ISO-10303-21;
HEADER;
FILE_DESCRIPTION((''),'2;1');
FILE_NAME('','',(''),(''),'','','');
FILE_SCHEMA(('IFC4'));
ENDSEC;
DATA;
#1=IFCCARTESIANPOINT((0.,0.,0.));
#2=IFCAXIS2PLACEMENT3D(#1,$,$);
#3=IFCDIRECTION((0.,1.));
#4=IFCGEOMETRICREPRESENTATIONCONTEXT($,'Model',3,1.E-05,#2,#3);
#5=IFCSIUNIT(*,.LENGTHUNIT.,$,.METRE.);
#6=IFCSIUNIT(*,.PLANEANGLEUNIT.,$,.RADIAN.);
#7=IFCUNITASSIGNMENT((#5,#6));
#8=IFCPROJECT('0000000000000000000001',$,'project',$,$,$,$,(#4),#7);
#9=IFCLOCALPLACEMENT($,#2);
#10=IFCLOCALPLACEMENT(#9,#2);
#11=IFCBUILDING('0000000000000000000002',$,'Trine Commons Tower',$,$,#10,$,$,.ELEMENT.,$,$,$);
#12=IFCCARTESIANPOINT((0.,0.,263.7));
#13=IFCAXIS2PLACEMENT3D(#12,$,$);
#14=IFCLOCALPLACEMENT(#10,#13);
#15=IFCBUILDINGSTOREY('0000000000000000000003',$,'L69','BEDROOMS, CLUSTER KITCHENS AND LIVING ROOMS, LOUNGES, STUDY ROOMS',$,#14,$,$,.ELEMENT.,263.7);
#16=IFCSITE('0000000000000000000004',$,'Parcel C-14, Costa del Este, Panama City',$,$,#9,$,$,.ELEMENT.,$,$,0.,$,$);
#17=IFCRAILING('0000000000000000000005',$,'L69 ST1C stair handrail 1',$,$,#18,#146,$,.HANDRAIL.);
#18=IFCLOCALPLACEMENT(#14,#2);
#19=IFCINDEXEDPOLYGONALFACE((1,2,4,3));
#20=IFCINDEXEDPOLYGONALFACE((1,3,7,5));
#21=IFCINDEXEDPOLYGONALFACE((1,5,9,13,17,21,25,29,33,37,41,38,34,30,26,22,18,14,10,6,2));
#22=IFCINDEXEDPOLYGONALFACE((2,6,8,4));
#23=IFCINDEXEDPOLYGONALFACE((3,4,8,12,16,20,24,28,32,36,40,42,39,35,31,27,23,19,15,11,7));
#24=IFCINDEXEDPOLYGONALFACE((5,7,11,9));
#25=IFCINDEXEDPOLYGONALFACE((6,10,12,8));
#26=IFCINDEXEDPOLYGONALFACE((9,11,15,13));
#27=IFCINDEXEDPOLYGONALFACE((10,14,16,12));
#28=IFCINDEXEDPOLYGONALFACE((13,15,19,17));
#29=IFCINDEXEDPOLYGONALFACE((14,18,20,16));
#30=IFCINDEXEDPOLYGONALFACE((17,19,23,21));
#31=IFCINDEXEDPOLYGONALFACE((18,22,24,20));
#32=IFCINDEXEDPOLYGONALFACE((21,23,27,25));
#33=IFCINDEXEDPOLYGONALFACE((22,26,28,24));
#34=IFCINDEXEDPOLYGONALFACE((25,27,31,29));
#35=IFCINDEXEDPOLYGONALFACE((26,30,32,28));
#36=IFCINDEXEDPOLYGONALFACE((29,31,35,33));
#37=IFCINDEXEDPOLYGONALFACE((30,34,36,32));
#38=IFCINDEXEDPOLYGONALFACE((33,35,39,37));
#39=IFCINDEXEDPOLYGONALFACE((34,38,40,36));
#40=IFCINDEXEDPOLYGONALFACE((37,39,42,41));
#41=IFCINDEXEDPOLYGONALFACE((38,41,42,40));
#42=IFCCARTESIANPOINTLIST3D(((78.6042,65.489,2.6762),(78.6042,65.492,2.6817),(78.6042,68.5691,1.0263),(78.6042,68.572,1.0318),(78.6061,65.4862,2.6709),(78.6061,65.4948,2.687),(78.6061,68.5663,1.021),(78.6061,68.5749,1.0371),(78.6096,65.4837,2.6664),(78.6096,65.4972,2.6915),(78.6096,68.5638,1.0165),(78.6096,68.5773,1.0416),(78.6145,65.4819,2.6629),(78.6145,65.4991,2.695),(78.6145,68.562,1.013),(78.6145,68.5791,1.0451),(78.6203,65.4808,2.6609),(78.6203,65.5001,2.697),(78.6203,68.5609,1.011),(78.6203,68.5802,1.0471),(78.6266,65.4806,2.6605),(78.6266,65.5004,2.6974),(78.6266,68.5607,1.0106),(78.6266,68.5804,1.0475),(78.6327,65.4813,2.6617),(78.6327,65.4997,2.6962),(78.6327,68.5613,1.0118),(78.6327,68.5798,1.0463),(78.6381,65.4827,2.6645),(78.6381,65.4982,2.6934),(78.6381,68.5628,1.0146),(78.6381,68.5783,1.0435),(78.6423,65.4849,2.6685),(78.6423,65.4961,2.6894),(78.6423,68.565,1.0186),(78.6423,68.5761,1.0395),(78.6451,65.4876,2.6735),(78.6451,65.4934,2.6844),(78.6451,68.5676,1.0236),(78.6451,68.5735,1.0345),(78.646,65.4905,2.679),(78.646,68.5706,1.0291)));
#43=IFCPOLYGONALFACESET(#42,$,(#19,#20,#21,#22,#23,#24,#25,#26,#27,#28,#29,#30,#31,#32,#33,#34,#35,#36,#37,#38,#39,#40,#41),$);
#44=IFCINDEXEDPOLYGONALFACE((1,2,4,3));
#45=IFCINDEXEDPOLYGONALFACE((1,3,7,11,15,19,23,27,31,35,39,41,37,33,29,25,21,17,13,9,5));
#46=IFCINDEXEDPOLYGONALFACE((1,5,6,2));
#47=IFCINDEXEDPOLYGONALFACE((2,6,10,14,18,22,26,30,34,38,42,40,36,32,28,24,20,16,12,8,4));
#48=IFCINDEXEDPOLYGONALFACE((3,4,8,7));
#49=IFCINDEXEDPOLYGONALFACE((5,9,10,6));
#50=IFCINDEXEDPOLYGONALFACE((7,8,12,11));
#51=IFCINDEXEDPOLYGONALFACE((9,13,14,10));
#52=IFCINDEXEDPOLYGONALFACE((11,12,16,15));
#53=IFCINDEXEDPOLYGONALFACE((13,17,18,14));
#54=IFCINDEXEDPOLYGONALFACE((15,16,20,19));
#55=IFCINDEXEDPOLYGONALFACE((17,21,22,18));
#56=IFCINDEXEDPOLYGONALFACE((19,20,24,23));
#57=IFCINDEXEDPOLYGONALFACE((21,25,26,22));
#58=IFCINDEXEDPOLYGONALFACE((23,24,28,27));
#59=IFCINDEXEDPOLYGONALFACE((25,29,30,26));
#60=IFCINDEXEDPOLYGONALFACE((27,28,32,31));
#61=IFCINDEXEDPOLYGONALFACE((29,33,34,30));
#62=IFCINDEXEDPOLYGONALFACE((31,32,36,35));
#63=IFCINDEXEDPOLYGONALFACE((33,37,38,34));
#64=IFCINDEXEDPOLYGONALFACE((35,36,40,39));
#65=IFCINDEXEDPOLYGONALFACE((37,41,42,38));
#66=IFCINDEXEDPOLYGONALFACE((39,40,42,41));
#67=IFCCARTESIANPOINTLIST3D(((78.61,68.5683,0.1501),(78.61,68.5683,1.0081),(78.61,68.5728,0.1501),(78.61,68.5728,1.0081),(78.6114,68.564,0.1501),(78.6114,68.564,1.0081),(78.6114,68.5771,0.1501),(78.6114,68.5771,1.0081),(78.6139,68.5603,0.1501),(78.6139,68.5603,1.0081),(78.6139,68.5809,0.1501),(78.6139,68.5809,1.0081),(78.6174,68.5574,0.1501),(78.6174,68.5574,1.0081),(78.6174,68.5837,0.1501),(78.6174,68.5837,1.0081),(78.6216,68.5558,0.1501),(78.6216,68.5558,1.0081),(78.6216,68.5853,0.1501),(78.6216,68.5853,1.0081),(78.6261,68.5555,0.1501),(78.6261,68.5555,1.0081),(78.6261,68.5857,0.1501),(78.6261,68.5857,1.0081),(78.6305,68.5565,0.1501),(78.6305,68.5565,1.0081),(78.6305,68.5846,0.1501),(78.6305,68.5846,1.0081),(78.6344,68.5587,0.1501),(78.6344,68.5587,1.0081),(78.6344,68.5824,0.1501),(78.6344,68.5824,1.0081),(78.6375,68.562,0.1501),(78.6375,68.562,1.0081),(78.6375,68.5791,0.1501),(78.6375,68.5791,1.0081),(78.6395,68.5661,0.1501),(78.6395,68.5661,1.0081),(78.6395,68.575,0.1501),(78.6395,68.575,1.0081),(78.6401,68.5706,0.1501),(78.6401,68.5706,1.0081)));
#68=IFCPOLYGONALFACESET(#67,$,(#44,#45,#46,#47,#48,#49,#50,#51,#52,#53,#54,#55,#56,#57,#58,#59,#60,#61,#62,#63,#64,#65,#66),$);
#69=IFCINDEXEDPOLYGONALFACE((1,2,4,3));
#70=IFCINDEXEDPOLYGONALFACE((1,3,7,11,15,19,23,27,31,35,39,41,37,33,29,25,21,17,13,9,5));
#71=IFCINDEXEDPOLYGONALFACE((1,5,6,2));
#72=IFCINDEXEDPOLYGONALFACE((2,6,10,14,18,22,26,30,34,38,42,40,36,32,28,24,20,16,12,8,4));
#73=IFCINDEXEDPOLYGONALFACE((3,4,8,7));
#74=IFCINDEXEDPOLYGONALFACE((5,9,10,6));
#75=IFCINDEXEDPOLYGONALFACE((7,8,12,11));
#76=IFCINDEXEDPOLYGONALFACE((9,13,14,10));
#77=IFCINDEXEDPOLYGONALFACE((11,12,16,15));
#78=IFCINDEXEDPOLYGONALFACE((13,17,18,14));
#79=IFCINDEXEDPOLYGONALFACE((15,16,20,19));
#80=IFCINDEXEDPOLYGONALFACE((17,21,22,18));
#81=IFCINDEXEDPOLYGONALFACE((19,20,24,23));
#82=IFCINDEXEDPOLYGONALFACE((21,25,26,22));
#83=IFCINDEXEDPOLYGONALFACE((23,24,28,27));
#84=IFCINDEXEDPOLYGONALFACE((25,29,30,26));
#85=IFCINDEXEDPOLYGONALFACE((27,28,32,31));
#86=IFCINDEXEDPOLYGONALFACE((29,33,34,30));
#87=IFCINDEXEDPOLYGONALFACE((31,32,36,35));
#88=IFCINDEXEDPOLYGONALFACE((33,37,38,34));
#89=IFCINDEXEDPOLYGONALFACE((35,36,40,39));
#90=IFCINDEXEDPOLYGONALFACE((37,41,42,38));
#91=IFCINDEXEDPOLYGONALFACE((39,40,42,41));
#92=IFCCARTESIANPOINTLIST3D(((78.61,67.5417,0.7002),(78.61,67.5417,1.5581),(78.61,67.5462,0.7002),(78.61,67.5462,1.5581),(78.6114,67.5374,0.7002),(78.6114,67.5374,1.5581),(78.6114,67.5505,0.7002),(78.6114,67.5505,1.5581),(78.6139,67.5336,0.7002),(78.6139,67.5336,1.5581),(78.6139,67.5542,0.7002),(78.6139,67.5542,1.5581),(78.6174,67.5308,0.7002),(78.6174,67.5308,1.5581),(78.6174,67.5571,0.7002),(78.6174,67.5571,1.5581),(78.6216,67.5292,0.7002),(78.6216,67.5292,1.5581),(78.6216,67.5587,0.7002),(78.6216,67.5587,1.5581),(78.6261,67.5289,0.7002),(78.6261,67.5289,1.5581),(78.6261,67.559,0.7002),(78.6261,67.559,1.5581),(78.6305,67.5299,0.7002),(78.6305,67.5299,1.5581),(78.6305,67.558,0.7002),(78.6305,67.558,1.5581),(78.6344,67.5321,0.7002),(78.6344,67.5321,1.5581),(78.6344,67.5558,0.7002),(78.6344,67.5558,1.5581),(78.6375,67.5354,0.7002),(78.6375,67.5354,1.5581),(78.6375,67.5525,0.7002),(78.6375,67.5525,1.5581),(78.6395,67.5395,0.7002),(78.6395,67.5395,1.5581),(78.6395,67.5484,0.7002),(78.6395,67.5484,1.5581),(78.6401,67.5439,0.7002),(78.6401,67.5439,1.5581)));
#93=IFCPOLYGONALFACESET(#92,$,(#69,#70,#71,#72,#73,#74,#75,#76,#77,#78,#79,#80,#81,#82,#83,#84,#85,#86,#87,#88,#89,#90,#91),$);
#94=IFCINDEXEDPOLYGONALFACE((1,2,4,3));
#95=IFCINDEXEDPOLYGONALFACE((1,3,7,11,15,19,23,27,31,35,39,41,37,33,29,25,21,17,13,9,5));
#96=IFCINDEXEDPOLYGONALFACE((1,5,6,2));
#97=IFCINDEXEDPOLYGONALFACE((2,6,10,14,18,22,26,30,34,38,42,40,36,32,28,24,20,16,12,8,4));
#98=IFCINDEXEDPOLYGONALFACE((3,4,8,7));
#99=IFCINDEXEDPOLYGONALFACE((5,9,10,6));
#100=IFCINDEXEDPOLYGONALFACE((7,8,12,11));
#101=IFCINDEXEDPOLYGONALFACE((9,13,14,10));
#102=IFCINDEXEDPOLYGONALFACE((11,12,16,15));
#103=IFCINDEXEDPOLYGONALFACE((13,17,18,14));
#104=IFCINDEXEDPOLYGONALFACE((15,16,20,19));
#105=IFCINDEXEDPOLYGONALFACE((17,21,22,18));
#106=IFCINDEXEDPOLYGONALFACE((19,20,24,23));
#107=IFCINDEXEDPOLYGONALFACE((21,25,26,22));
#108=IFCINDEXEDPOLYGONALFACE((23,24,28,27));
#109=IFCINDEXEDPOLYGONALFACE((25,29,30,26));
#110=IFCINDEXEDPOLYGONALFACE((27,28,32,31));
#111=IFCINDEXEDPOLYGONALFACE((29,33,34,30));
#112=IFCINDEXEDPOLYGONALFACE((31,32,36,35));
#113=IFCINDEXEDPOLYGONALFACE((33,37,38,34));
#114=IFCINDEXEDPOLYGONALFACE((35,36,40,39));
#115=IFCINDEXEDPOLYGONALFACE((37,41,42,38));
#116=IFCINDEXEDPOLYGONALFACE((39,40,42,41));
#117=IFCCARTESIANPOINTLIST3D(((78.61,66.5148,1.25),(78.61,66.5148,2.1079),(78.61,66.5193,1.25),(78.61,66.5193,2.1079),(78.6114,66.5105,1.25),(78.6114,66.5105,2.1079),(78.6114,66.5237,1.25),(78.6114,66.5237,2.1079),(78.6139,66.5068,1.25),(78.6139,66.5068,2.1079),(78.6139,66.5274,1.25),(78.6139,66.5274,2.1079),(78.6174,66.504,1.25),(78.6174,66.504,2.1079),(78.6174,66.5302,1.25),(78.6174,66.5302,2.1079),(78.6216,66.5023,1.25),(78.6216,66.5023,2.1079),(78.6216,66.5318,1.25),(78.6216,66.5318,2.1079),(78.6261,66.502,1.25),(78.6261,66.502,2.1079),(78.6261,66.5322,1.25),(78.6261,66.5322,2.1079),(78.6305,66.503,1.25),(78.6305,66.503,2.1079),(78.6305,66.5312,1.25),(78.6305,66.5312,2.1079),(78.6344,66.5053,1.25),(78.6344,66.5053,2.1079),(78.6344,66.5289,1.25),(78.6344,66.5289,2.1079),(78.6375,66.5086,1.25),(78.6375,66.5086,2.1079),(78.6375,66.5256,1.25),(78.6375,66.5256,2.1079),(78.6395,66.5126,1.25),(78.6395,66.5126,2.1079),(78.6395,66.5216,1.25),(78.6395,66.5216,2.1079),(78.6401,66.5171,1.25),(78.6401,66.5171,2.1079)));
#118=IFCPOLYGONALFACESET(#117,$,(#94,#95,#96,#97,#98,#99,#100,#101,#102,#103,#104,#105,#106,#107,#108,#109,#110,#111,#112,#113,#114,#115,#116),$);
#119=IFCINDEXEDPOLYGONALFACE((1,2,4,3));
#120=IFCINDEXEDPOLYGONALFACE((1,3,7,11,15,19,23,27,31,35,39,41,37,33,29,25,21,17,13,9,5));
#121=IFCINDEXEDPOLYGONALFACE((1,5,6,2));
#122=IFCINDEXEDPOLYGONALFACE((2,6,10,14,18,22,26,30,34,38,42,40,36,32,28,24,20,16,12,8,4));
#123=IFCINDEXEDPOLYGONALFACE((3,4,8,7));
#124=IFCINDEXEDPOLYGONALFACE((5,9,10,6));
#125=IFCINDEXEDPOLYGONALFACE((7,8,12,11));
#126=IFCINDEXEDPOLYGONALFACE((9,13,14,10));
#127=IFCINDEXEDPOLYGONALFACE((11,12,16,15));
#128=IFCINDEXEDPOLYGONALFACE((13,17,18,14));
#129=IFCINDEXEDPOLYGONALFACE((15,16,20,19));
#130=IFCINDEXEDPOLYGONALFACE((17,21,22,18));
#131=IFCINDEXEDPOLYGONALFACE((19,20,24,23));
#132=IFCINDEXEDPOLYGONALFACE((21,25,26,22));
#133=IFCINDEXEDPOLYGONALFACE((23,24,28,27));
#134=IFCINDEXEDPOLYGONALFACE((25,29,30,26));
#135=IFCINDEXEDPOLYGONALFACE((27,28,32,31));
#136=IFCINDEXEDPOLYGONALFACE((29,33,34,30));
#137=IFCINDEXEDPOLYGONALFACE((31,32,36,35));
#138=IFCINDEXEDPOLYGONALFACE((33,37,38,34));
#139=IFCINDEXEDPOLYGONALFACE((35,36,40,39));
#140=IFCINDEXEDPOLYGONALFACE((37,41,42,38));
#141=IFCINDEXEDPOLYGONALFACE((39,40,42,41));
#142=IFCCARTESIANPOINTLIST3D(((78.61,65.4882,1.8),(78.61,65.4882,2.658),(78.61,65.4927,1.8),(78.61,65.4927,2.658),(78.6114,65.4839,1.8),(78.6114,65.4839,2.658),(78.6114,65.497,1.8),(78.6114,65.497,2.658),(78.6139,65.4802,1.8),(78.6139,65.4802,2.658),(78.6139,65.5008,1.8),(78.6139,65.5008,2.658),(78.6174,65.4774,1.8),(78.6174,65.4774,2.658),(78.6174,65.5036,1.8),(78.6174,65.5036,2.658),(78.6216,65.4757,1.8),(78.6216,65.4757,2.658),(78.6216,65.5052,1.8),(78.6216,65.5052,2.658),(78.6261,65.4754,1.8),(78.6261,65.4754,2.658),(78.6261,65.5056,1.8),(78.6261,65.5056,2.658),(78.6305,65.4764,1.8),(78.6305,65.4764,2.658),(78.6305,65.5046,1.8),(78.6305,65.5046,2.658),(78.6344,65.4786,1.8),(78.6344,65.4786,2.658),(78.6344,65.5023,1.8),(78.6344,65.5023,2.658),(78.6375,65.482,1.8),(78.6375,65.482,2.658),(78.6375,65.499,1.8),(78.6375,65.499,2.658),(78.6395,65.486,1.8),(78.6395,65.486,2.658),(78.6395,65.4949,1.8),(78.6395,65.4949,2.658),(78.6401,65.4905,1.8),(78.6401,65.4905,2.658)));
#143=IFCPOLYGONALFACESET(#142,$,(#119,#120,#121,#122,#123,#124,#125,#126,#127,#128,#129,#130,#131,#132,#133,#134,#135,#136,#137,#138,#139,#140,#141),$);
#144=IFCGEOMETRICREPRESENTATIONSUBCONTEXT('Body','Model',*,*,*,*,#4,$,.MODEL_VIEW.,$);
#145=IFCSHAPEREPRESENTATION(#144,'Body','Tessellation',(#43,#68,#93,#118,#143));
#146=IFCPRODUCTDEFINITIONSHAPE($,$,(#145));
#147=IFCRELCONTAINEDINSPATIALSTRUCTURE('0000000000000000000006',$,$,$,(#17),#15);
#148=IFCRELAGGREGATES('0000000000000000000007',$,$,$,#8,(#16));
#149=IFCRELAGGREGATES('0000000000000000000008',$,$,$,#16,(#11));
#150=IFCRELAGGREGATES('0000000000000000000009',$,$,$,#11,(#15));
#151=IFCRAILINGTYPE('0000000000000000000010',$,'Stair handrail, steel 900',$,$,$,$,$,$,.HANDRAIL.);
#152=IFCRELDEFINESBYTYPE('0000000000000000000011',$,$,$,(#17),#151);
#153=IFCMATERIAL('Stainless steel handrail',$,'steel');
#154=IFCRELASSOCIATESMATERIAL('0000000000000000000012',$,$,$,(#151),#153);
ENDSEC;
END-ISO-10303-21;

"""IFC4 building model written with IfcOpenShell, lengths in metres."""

from ifc_helpers import new_model, si_unit, direction, frame, origin, origin_2d, place, context, subcontext, project, spatial, circle, extrude, material, type_object, element, save


model = new_model("IFC4")

# Units and contexts
model_context = context("Model", 3, precision=1e-05, world=origin(), true_north=direction((0.0, 1.0)))
body_context = subcontext(model_context, "Body", "Model", "MODEL_VIEW")
ifc_project = project(units=[si_unit("LENGTHUNIT", "METRE"), si_unit("PLANEANGLEUNIT", "RADIAN")], contexts=[model_context])

# Site, building, storey
site_placement = place(None, origin())
site = spatial("IfcSite", under=ifc_project, at=site_placement, Name="Parcel C-14, Costa del Este, Panama City", CompositionType="ELEMENT", RefElevation=0.0)
building_placement = place(site_placement, origin())
building = spatial("IfcBuilding", under=site, at=building_placement, Name="Trine Commons Tower", CompositionType="ELEMENT")
storey_placement = place(building_placement, frame((0.0, 0.0, 263.7)))
storey = spatial("IfcBuildingStorey", under=building, at=storey_placement, Name="L69", Description="BEDROOMS, CLUSTER KITCHENS AND LIVING ROOMS, LOUNGES, STUDY ROOMS", CompositionType="ELEMENT", Elevation=263.7)

# Railing
ifc_material_1 = material(Name="Stainless steel handrail", Category="steel")
railing_type = type_object("IfcRailingType", Name="Stair handrail, steel 900", PredefinedType="HANDRAIL", material=ifc_material_1)
railing_placement = place(storey_placement, frame((78.625, 68.5706, 0.1501)))
element("IfcRailing", 1, at=railing_placement, inside=storey, type_object=railing_type, Name="L69 ST1C stair handrail 1", PredefinedType="HANDRAIL", context=body_context, shape_type="SweptSolid", body=[
    extrude(circle(Radius=0.021, at=origin_2d()), frame((0.0, 0.0, 0.8789), z_axis=(0.0, -0.881497, 0.47219), x_axis=(1.0, 0.0, 0.0)), (0.0, 0.0, 1.0), 3.4941),
    extrude(circle(Radius=0.0151, at=origin_2d()), origin(), (0.0, 0.0, 1.0), 0.8579),
    extrude(circle(Radius=0.0151, at=origin_2d()), frame((0.0, -1.0266, 0.55)), (0.0, 0.0, 1.0), 0.8579),
    extrude(circle(Radius=0.0151, at=origin_2d()), frame((0.0, -2.0535, 1.0999)), (0.0, 0.0, 1.0), 0.8579),
    extrude(circle(Radius=0.0151, at=origin_2d()), frame((0.0, -3.0801, 1.6499)), (0.0, 0.0, 1.0), 0.8579),
])

save(model, "model.ifc")
